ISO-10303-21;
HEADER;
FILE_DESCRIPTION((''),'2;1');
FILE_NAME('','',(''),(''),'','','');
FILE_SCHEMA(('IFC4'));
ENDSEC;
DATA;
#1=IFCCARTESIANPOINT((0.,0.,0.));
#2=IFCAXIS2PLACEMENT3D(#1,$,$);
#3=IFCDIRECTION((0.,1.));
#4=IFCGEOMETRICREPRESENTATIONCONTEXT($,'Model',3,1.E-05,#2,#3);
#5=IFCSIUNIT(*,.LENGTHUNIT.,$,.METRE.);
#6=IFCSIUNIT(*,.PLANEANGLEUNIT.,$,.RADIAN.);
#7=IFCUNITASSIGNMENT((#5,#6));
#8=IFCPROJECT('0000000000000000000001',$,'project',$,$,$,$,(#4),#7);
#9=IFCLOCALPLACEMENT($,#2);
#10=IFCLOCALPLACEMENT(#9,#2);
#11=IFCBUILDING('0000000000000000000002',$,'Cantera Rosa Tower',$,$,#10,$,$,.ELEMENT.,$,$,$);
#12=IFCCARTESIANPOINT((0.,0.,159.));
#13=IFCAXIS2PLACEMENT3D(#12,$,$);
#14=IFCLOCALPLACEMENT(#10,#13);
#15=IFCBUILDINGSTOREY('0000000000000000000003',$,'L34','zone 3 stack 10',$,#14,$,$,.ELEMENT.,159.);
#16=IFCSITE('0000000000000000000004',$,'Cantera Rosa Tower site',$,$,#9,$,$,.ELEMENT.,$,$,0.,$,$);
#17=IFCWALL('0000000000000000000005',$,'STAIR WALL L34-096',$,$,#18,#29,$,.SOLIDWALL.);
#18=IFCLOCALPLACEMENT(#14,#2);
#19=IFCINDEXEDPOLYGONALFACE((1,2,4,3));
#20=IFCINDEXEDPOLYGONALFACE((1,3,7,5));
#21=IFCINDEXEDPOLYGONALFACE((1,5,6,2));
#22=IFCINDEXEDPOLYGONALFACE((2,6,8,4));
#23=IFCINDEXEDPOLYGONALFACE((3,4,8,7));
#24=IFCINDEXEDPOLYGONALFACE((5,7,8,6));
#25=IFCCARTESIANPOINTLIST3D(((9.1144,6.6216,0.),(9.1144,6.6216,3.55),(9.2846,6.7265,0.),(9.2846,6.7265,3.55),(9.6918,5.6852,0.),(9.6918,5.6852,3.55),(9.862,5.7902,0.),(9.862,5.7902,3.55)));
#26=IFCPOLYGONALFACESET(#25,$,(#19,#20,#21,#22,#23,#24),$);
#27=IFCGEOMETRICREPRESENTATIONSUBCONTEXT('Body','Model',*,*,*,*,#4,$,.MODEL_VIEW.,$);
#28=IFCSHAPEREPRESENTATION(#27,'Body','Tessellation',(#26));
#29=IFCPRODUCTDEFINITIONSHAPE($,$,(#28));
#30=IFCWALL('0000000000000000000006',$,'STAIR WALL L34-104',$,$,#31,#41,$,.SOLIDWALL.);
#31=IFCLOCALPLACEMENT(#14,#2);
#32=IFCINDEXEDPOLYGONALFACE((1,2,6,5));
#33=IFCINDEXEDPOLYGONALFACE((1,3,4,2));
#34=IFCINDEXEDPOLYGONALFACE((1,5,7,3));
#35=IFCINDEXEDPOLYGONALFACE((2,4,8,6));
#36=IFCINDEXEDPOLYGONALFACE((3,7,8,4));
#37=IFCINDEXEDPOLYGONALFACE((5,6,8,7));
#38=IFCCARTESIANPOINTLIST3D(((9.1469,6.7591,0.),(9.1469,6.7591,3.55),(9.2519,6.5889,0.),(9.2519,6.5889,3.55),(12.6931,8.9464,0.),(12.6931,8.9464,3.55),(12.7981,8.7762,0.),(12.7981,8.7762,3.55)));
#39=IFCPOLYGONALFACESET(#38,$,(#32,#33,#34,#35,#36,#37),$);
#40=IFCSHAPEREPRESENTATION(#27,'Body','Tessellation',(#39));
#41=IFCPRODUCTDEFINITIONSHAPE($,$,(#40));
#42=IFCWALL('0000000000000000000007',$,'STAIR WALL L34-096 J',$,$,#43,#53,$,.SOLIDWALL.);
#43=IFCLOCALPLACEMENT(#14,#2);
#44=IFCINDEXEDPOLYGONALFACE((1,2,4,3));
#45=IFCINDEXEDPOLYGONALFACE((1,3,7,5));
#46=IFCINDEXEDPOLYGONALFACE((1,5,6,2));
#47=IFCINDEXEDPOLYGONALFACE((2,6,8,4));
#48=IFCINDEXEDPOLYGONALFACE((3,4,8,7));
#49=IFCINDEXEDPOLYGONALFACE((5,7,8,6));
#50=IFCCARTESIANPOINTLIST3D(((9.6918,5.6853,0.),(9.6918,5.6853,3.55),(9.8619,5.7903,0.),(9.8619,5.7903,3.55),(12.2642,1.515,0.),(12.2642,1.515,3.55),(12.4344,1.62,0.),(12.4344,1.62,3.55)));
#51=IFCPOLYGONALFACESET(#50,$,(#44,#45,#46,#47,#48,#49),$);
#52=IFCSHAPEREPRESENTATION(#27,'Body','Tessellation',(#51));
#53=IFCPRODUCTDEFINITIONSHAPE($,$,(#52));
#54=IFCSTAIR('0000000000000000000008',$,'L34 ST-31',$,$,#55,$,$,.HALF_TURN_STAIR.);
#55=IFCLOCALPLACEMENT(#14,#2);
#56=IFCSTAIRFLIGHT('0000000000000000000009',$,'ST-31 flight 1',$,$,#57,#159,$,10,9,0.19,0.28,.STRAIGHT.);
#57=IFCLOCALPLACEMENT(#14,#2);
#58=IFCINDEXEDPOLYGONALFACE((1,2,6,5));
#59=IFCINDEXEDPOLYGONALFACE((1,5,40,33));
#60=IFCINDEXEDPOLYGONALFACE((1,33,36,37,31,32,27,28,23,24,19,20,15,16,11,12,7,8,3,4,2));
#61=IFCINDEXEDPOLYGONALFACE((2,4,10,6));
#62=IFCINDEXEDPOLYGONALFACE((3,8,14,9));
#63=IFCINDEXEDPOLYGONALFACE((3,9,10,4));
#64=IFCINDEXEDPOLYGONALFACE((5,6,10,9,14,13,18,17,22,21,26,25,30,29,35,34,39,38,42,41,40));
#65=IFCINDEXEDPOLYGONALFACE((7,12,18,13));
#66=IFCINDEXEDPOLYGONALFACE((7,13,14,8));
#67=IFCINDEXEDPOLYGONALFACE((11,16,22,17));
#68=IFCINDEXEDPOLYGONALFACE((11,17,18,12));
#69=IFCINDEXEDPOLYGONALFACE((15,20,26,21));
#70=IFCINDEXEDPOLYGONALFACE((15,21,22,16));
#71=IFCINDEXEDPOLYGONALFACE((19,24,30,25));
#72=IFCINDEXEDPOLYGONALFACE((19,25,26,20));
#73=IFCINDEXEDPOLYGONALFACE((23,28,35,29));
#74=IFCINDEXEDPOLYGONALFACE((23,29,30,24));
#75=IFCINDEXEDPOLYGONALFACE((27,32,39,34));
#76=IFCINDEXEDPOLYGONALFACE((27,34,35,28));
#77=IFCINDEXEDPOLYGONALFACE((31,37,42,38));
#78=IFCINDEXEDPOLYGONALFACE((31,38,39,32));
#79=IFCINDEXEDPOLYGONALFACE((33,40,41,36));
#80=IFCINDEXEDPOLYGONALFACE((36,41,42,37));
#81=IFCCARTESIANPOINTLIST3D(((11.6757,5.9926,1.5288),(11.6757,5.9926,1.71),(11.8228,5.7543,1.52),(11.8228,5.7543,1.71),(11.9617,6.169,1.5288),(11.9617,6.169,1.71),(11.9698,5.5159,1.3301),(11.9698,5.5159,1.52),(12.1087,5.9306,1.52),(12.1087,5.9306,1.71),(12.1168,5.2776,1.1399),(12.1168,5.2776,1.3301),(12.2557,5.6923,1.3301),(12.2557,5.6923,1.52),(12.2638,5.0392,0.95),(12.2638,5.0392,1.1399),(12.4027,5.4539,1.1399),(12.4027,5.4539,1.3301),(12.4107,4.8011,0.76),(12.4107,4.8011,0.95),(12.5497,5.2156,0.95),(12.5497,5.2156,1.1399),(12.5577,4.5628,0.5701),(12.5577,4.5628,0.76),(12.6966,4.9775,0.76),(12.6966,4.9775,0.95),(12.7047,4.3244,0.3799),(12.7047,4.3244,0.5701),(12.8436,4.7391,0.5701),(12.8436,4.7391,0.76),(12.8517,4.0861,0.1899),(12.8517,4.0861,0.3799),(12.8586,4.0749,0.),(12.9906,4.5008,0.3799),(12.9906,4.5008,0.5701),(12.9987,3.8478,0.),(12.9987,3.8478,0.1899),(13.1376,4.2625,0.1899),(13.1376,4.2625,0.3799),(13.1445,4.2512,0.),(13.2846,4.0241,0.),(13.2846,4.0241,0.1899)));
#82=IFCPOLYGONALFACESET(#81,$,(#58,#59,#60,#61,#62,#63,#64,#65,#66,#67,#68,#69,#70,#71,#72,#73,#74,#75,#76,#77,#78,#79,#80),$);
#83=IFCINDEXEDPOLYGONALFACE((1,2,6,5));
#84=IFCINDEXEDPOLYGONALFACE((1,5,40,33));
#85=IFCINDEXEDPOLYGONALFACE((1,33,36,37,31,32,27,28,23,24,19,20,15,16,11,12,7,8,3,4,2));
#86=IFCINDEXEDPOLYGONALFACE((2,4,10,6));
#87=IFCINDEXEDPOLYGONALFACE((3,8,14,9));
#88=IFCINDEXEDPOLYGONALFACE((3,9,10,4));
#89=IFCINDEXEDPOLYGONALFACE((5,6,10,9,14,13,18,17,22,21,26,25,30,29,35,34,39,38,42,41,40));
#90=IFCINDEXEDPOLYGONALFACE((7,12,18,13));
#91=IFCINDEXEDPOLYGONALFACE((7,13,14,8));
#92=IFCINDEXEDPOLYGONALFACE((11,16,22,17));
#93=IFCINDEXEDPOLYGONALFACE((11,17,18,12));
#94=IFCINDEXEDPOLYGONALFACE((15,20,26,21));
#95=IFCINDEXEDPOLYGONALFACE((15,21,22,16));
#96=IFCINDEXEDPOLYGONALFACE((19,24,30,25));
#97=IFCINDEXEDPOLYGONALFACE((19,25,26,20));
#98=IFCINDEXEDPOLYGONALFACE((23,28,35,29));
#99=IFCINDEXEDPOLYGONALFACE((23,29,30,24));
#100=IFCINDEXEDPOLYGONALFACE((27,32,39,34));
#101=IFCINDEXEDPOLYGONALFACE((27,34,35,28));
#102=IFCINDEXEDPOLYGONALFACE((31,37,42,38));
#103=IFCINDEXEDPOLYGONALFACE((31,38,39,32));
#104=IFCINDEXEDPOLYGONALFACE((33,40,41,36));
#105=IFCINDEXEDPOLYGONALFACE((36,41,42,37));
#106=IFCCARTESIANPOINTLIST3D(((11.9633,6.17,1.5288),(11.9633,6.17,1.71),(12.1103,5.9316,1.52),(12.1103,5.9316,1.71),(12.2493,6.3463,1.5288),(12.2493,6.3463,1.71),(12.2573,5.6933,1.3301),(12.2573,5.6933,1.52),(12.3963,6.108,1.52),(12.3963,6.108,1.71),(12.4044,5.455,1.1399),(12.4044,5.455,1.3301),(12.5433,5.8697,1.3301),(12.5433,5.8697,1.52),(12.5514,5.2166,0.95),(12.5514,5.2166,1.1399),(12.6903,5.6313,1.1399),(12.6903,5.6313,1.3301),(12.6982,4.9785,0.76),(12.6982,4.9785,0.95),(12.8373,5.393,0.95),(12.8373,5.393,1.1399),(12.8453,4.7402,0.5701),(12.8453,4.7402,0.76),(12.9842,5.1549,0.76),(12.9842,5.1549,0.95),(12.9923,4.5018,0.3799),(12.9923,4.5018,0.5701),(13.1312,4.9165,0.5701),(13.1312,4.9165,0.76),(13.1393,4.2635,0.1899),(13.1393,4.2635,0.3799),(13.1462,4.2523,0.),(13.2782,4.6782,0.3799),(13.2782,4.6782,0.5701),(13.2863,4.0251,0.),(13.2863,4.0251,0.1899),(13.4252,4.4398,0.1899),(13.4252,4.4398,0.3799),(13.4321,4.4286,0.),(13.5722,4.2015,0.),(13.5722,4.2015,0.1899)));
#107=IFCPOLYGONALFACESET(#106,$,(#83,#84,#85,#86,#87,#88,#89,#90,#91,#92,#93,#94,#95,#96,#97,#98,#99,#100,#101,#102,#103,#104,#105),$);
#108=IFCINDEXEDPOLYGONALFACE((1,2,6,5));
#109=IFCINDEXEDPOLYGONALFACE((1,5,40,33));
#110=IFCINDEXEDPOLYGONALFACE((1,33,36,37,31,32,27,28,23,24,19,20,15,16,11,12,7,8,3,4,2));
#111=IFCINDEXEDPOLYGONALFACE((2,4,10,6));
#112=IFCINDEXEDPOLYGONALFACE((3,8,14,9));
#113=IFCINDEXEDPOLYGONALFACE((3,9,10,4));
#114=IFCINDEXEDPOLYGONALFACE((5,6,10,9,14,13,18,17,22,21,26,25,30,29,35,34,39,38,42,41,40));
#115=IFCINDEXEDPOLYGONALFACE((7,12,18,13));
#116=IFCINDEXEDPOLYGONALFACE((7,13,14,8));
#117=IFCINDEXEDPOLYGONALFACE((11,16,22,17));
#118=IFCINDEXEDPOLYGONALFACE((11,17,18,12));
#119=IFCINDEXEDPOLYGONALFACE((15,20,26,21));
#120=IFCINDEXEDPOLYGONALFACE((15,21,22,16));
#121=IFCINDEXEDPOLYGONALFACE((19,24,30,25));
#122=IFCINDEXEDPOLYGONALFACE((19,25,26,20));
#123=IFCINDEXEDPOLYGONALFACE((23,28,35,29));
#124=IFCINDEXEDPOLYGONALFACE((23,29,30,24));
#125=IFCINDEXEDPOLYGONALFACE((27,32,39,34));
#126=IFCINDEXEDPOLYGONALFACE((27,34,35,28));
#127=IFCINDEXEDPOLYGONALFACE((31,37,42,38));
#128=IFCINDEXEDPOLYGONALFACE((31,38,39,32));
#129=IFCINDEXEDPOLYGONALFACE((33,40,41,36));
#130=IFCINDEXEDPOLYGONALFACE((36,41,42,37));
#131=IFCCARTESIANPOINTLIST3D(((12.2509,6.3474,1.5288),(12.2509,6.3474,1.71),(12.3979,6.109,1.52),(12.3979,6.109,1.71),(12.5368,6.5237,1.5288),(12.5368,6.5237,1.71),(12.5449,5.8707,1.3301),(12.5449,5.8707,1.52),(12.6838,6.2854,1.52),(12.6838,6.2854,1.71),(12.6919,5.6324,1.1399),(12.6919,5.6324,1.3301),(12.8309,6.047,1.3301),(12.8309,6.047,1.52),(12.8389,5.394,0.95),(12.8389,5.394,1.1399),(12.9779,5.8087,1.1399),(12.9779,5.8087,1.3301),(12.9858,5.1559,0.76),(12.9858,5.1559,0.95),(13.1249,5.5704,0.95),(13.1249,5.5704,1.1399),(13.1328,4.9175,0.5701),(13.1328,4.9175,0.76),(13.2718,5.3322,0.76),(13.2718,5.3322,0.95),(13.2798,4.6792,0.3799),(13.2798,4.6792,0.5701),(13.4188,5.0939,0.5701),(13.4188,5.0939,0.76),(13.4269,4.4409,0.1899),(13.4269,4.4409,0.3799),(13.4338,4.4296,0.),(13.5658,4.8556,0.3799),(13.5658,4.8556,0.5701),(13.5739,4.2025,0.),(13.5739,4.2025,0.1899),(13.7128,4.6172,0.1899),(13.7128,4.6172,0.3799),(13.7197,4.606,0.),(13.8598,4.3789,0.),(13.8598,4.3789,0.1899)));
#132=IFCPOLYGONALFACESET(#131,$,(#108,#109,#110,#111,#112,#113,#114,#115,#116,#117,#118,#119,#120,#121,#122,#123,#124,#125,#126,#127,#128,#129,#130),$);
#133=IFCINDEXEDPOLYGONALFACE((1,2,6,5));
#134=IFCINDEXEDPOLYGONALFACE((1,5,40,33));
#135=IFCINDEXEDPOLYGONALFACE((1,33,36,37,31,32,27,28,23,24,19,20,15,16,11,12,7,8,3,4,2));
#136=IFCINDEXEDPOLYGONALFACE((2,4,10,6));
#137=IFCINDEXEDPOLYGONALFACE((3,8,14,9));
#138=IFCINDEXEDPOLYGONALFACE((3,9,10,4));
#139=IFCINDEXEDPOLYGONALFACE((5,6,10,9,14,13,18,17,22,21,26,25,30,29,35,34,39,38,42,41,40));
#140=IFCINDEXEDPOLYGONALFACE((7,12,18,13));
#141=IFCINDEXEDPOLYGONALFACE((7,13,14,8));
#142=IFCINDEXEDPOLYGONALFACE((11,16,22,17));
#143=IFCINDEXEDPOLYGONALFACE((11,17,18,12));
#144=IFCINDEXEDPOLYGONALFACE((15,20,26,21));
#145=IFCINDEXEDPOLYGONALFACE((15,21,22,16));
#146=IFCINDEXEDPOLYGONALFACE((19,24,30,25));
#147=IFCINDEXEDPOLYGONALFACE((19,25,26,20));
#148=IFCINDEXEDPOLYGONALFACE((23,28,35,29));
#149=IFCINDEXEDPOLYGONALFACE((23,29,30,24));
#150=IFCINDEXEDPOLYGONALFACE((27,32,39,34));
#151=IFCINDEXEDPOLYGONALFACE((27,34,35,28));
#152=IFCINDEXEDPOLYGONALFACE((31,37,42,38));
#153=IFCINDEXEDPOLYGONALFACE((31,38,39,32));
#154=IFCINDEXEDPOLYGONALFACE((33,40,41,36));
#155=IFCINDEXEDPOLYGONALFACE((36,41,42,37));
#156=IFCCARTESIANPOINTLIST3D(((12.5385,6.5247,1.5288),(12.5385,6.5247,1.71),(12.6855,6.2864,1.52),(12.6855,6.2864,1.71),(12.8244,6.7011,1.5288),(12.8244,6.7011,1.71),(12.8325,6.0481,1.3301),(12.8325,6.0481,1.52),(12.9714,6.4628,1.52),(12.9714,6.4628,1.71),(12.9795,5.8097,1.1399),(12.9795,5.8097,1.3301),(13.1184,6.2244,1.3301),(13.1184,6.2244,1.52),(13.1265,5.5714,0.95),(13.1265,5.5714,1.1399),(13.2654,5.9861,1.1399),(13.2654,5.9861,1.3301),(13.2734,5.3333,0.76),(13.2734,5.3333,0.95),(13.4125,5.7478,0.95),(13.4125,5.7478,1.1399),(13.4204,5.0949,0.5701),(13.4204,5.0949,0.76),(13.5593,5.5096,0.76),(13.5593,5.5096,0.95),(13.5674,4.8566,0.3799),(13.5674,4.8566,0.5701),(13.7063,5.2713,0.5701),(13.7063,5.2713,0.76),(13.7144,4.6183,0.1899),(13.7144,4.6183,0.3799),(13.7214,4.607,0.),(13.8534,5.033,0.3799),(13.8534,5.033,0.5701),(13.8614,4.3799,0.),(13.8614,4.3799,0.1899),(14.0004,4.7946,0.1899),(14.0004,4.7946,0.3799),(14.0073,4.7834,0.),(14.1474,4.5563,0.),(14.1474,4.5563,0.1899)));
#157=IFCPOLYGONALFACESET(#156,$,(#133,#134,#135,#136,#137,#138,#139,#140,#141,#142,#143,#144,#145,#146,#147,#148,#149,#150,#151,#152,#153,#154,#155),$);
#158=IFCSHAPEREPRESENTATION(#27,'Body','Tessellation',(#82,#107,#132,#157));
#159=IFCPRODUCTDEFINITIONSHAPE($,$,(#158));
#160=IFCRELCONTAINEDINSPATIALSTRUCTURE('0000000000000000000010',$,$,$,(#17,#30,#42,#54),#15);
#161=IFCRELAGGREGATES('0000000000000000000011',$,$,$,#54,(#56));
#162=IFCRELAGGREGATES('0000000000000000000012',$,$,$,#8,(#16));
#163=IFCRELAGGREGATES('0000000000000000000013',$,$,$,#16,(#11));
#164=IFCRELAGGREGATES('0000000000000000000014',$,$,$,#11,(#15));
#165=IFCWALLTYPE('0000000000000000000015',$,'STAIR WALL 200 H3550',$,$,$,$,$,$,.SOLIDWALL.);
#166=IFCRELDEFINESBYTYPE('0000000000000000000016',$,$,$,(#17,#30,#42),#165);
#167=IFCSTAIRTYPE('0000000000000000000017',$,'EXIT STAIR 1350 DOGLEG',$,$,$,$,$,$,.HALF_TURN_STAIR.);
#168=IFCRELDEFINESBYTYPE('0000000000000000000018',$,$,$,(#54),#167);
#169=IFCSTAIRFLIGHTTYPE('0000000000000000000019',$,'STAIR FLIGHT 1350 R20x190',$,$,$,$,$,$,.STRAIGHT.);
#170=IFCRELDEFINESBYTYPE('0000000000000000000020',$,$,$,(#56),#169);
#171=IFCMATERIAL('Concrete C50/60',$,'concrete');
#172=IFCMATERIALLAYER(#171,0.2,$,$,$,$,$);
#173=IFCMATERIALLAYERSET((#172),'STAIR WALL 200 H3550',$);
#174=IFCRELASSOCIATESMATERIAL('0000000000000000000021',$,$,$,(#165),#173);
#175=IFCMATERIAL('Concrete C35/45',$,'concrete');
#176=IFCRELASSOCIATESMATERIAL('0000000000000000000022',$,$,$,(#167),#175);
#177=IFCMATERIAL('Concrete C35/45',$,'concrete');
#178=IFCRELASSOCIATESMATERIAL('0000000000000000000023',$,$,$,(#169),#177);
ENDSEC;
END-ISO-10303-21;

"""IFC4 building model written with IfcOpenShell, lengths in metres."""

from ifc_helpers import new_model, si_unit, direction, frame, frame_2d, origin, place, context, subcontext, project, spatial, polyline, rectangle, outline, extrude, material, layer, layer_set, type_object, element, aggregate, save


model = new_model("IFC4")

# Units and contexts
model_context = context("Model", 3, precision=1e-05, world=origin(), true_north=direction((0.0, 1.0)))
body_context = subcontext(model_context, "Body", "Model", "MODEL_VIEW")
ifc_project = project(units=[si_unit("LENGTHUNIT", "METRE"), si_unit("PLANEANGLEUNIT", "RADIAN")], contexts=[model_context])

# Site, building, storey
site_placement = place(None, origin())
site = spatial("IfcSite", under=ifc_project, at=site_placement, Name="Cantera Rosa Tower site", CompositionType="ELEMENT", RefElevation=0.0)
building_placement = place(site_placement, origin())
building = spatial("IfcBuilding", under=site, at=building_placement, Name="Cantera Rosa Tower", CompositionType="ELEMENT")
storey_placement = place(building_placement, frame((0.0, 0.0, 159.0)))
storey = spatial("IfcBuildingStorey", under=building, at=storey_placement, Name="L34", Description="zone 3 stack 10", CompositionType="ELEMENT", Elevation=159.0)

# Walls
ifc_material_1 = material(Name="Concrete C50/60", Category="concrete")
ifc_layer_1 = layer(ifc_material_1, 0.2)
ifc_layer_set_1 = layer_set([ifc_layer_1], Name="STAIR WALL 200 H3550")
wall_type_1 = type_object("IfcWallType", Name="STAIR WALL 200 H3550", PredefinedType="SOLIDWALL", material=ifc_layer_set_1)
wall_1_placement = place(storey_placement, frame((9.1995, 6.6741, 0.0), z_axis=(0.0, 0.0, 1.0), x_axis=(0.524902, -0.851163, 0.0)))
element("IfcWall", 1, at=wall_1_placement, inside=storey, type_object=wall_type_1, Name="STAIR WALL L34-096", PredefinedType="SOLIDWALL", context=body_context, shape_type="SweptSolid", body=[
    extrude(rectangle(XDim=1.1001, YDim=0.2, at=frame_2d((0.55, 0.0))), origin(), (0.0, 0.0, 1.0), 3.55),
])
wall_2_placement = place(storey_placement, frame((12.7456, 8.8613, 0.0), z_axis=(0.0, 0.0, 1.0), x_axis=(-0.851121, -0.52497, 0.0)))
element("IfcWall", 2, at=wall_2_placement, inside=storey, type_object=wall_type_1, Name="STAIR WALL L34-104", PredefinedType="SOLIDWALL", context=body_context, shape_type="SweptSolid", body=[
    extrude(rectangle(XDim=4.1665, YDim=0.2, at=frame_2d((2.0833, 0.0))), origin(), (0.0, 0.0, 1.0), 3.55),
])
wall_3_placement = place(storey_placement, frame((9.7769, 5.7378, 0.0), z_axis=(0.0, 0.0, 1.0), x_axis=(0.525001, -0.851102, 0.0)))
element("IfcWall", 3, at=wall_3_placement, inside=storey, type_object=wall_type_1, Name="STAIR WALL L34-096 J", PredefinedType="SOLIDWALL", context=body_context, shape_type="SweptSolid", body=[
    extrude(rectangle(XDim=4.8999, YDim=0.2, at=frame_2d((2.45, 0.0))), origin(), (0.0, 0.0, 1.0), 3.55),
])

# Stair, stair flight
ifc_material_2 = material(Name="Concrete C35/45", Category="concrete")
stair_type = type_object("IfcStairType", Name="EXIT STAIR 1350 DOGLEG", PredefinedType="HALF_TURN_STAIR", material=ifc_material_2)
stair_placement = place(storey_placement, origin())
stair = element("IfcStair", 4, at=stair_placement, inside=storey, type_object=stair_type, Name="L34 ST-31", PredefinedType="HALF_TURN_STAIR")
ifc_material_3 = material(Name="Concrete C35/45", Category="concrete")
stair_flight_type = type_object("IfcStairFlightType", Name="STAIR FLIGHT 1350 R20x190", PredefinedType="STRAIGHT", material=ifc_material_3)
stair_flight_1_placement = place(storey_placement, frame((13.5732, 4.2021, 0.0), z_axis=(0.0, 0.0, 1.0), x_axis=(-0.524977, 0.851117, 0.0)))
stair_flight_1 = element("IfcStairFlight", 5, at=stair_flight_1_placement, type_object=stair_flight_type, Name="ST-31 flight 1", NumberOfRisers=10, NumberOfTreads=9, PredefinedType="STRAIGHT", RiserHeight=0.19, TreadLength=0.28, context=body_context, shape_type="SweptSolid", body=[
    extrude(outline(polyline([(0.0, 0.0), (0.0, 0.1899), (0.28, 0.1899), (0.28, 0.3799), (0.5601, 0.3799), (0.5601, 0.5701), (0.8401, 0.5701), (0.8401, 0.76), (1.1201, 0.76), (1.1201, 0.95), (1.3999, 0.95), (1.3999, 1.1399), (1.6799, 1.1399), (1.6799, 1.3301), (1.96, 1.3301), (1.96, 1.52), (2.24, 1.52), (2.24, 1.71), (2.52, 1.71), (2.52, 1.8999), (2.52, 1.5288), (0.2668, 0.0), (0.0, 0.0)])), frame((0.0, 0.675, 0.0), z_axis=(0.0, -1.0, 0.0), x_axis=(1.0, 0.0, 0.0)), (0.0, 0.0, 1.0), 0.3359),
    extrude(outline(polyline([(0.0, 0.0), (0.0, 0.1899), (0.28, 0.1899), (0.28, 0.3799), (0.5601, 0.3799), (0.5601, 0.5701), (0.8401, 0.5701), (0.8401, 0.76), (1.1201, 0.76), (1.1201, 0.95), (1.3999, 0.95), (1.3999, 1.1399), (1.6799, 1.1399), (1.6799, 1.3301), (1.96, 1.3301), (1.96, 1.52), (2.24, 1.52), (2.24, 1.71), (2.52, 1.71), (2.52, 1.8999), (2.52, 1.5288), (0.2668, 0.0), (0.0, 0.0)])), frame((0.0, 0.3372, 0.0), z_axis=(0.0, -1.0, 0.0), x_axis=(1.0, 0.0, 0.0)), (0.0, 0.0, 1.0), 0.3359),
    extrude(outline(polyline([(0.0, 0.0), (0.0, 0.1899), (0.28, 0.1899), (0.28, 0.3799), (0.5601, 0.3799), (0.5601, 0.5701), (0.8401, 0.5701), (0.8401, 0.76), (1.1201, 0.76), (1.1201, 0.95), (1.3999, 0.95), (1.3999, 1.1399), (1.6799, 1.1399), (1.6799, 1.3301), (1.96, 1.3301), (1.96, 1.52), (2.24, 1.52), (2.24, 1.71), (2.52, 1.71), (2.52, 1.8999), (2.52, 1.5288), (0.2668, 0.0), (0.0, 0.0)])), frame((0.0, -0.0007, 0.0), z_axis=(0.0, -1.0, 0.0), x_axis=(1.0, 0.0, 0.0)), (0.0, 0.0, 1.0), 0.3359),
    extrude(outline(polyline([(0.0, 0.0), (0.0, 0.1899), (0.28, 0.1899), (0.28, 0.3799), (0.5601, 0.3799), (0.5601, 0.5701), (0.8401, 0.5701), (0.8401, 0.76), (1.1201, 0.76), (1.1201, 0.95), (1.3999, 0.95), (1.3999, 1.1399), (1.6799, 1.1399), (1.6799, 1.3301), (1.96, 1.3301), (1.96, 1.52), (2.24, 1.52), (2.24, 1.71), (2.52, 1.71), (2.52, 1.8999), (2.52, 1.5288), (0.2668, 0.0), (0.0, 0.0)])), frame((0.0, -0.3386, 0.0), z_axis=(0.0, -1.0, 0.0), x_axis=(1.0, 0.0, 0.0)), (0.0, 0.0, 1.0), 0.3359),
])
aggregate(stair, [stair_flight_1])

save(model, "model.ifc")
